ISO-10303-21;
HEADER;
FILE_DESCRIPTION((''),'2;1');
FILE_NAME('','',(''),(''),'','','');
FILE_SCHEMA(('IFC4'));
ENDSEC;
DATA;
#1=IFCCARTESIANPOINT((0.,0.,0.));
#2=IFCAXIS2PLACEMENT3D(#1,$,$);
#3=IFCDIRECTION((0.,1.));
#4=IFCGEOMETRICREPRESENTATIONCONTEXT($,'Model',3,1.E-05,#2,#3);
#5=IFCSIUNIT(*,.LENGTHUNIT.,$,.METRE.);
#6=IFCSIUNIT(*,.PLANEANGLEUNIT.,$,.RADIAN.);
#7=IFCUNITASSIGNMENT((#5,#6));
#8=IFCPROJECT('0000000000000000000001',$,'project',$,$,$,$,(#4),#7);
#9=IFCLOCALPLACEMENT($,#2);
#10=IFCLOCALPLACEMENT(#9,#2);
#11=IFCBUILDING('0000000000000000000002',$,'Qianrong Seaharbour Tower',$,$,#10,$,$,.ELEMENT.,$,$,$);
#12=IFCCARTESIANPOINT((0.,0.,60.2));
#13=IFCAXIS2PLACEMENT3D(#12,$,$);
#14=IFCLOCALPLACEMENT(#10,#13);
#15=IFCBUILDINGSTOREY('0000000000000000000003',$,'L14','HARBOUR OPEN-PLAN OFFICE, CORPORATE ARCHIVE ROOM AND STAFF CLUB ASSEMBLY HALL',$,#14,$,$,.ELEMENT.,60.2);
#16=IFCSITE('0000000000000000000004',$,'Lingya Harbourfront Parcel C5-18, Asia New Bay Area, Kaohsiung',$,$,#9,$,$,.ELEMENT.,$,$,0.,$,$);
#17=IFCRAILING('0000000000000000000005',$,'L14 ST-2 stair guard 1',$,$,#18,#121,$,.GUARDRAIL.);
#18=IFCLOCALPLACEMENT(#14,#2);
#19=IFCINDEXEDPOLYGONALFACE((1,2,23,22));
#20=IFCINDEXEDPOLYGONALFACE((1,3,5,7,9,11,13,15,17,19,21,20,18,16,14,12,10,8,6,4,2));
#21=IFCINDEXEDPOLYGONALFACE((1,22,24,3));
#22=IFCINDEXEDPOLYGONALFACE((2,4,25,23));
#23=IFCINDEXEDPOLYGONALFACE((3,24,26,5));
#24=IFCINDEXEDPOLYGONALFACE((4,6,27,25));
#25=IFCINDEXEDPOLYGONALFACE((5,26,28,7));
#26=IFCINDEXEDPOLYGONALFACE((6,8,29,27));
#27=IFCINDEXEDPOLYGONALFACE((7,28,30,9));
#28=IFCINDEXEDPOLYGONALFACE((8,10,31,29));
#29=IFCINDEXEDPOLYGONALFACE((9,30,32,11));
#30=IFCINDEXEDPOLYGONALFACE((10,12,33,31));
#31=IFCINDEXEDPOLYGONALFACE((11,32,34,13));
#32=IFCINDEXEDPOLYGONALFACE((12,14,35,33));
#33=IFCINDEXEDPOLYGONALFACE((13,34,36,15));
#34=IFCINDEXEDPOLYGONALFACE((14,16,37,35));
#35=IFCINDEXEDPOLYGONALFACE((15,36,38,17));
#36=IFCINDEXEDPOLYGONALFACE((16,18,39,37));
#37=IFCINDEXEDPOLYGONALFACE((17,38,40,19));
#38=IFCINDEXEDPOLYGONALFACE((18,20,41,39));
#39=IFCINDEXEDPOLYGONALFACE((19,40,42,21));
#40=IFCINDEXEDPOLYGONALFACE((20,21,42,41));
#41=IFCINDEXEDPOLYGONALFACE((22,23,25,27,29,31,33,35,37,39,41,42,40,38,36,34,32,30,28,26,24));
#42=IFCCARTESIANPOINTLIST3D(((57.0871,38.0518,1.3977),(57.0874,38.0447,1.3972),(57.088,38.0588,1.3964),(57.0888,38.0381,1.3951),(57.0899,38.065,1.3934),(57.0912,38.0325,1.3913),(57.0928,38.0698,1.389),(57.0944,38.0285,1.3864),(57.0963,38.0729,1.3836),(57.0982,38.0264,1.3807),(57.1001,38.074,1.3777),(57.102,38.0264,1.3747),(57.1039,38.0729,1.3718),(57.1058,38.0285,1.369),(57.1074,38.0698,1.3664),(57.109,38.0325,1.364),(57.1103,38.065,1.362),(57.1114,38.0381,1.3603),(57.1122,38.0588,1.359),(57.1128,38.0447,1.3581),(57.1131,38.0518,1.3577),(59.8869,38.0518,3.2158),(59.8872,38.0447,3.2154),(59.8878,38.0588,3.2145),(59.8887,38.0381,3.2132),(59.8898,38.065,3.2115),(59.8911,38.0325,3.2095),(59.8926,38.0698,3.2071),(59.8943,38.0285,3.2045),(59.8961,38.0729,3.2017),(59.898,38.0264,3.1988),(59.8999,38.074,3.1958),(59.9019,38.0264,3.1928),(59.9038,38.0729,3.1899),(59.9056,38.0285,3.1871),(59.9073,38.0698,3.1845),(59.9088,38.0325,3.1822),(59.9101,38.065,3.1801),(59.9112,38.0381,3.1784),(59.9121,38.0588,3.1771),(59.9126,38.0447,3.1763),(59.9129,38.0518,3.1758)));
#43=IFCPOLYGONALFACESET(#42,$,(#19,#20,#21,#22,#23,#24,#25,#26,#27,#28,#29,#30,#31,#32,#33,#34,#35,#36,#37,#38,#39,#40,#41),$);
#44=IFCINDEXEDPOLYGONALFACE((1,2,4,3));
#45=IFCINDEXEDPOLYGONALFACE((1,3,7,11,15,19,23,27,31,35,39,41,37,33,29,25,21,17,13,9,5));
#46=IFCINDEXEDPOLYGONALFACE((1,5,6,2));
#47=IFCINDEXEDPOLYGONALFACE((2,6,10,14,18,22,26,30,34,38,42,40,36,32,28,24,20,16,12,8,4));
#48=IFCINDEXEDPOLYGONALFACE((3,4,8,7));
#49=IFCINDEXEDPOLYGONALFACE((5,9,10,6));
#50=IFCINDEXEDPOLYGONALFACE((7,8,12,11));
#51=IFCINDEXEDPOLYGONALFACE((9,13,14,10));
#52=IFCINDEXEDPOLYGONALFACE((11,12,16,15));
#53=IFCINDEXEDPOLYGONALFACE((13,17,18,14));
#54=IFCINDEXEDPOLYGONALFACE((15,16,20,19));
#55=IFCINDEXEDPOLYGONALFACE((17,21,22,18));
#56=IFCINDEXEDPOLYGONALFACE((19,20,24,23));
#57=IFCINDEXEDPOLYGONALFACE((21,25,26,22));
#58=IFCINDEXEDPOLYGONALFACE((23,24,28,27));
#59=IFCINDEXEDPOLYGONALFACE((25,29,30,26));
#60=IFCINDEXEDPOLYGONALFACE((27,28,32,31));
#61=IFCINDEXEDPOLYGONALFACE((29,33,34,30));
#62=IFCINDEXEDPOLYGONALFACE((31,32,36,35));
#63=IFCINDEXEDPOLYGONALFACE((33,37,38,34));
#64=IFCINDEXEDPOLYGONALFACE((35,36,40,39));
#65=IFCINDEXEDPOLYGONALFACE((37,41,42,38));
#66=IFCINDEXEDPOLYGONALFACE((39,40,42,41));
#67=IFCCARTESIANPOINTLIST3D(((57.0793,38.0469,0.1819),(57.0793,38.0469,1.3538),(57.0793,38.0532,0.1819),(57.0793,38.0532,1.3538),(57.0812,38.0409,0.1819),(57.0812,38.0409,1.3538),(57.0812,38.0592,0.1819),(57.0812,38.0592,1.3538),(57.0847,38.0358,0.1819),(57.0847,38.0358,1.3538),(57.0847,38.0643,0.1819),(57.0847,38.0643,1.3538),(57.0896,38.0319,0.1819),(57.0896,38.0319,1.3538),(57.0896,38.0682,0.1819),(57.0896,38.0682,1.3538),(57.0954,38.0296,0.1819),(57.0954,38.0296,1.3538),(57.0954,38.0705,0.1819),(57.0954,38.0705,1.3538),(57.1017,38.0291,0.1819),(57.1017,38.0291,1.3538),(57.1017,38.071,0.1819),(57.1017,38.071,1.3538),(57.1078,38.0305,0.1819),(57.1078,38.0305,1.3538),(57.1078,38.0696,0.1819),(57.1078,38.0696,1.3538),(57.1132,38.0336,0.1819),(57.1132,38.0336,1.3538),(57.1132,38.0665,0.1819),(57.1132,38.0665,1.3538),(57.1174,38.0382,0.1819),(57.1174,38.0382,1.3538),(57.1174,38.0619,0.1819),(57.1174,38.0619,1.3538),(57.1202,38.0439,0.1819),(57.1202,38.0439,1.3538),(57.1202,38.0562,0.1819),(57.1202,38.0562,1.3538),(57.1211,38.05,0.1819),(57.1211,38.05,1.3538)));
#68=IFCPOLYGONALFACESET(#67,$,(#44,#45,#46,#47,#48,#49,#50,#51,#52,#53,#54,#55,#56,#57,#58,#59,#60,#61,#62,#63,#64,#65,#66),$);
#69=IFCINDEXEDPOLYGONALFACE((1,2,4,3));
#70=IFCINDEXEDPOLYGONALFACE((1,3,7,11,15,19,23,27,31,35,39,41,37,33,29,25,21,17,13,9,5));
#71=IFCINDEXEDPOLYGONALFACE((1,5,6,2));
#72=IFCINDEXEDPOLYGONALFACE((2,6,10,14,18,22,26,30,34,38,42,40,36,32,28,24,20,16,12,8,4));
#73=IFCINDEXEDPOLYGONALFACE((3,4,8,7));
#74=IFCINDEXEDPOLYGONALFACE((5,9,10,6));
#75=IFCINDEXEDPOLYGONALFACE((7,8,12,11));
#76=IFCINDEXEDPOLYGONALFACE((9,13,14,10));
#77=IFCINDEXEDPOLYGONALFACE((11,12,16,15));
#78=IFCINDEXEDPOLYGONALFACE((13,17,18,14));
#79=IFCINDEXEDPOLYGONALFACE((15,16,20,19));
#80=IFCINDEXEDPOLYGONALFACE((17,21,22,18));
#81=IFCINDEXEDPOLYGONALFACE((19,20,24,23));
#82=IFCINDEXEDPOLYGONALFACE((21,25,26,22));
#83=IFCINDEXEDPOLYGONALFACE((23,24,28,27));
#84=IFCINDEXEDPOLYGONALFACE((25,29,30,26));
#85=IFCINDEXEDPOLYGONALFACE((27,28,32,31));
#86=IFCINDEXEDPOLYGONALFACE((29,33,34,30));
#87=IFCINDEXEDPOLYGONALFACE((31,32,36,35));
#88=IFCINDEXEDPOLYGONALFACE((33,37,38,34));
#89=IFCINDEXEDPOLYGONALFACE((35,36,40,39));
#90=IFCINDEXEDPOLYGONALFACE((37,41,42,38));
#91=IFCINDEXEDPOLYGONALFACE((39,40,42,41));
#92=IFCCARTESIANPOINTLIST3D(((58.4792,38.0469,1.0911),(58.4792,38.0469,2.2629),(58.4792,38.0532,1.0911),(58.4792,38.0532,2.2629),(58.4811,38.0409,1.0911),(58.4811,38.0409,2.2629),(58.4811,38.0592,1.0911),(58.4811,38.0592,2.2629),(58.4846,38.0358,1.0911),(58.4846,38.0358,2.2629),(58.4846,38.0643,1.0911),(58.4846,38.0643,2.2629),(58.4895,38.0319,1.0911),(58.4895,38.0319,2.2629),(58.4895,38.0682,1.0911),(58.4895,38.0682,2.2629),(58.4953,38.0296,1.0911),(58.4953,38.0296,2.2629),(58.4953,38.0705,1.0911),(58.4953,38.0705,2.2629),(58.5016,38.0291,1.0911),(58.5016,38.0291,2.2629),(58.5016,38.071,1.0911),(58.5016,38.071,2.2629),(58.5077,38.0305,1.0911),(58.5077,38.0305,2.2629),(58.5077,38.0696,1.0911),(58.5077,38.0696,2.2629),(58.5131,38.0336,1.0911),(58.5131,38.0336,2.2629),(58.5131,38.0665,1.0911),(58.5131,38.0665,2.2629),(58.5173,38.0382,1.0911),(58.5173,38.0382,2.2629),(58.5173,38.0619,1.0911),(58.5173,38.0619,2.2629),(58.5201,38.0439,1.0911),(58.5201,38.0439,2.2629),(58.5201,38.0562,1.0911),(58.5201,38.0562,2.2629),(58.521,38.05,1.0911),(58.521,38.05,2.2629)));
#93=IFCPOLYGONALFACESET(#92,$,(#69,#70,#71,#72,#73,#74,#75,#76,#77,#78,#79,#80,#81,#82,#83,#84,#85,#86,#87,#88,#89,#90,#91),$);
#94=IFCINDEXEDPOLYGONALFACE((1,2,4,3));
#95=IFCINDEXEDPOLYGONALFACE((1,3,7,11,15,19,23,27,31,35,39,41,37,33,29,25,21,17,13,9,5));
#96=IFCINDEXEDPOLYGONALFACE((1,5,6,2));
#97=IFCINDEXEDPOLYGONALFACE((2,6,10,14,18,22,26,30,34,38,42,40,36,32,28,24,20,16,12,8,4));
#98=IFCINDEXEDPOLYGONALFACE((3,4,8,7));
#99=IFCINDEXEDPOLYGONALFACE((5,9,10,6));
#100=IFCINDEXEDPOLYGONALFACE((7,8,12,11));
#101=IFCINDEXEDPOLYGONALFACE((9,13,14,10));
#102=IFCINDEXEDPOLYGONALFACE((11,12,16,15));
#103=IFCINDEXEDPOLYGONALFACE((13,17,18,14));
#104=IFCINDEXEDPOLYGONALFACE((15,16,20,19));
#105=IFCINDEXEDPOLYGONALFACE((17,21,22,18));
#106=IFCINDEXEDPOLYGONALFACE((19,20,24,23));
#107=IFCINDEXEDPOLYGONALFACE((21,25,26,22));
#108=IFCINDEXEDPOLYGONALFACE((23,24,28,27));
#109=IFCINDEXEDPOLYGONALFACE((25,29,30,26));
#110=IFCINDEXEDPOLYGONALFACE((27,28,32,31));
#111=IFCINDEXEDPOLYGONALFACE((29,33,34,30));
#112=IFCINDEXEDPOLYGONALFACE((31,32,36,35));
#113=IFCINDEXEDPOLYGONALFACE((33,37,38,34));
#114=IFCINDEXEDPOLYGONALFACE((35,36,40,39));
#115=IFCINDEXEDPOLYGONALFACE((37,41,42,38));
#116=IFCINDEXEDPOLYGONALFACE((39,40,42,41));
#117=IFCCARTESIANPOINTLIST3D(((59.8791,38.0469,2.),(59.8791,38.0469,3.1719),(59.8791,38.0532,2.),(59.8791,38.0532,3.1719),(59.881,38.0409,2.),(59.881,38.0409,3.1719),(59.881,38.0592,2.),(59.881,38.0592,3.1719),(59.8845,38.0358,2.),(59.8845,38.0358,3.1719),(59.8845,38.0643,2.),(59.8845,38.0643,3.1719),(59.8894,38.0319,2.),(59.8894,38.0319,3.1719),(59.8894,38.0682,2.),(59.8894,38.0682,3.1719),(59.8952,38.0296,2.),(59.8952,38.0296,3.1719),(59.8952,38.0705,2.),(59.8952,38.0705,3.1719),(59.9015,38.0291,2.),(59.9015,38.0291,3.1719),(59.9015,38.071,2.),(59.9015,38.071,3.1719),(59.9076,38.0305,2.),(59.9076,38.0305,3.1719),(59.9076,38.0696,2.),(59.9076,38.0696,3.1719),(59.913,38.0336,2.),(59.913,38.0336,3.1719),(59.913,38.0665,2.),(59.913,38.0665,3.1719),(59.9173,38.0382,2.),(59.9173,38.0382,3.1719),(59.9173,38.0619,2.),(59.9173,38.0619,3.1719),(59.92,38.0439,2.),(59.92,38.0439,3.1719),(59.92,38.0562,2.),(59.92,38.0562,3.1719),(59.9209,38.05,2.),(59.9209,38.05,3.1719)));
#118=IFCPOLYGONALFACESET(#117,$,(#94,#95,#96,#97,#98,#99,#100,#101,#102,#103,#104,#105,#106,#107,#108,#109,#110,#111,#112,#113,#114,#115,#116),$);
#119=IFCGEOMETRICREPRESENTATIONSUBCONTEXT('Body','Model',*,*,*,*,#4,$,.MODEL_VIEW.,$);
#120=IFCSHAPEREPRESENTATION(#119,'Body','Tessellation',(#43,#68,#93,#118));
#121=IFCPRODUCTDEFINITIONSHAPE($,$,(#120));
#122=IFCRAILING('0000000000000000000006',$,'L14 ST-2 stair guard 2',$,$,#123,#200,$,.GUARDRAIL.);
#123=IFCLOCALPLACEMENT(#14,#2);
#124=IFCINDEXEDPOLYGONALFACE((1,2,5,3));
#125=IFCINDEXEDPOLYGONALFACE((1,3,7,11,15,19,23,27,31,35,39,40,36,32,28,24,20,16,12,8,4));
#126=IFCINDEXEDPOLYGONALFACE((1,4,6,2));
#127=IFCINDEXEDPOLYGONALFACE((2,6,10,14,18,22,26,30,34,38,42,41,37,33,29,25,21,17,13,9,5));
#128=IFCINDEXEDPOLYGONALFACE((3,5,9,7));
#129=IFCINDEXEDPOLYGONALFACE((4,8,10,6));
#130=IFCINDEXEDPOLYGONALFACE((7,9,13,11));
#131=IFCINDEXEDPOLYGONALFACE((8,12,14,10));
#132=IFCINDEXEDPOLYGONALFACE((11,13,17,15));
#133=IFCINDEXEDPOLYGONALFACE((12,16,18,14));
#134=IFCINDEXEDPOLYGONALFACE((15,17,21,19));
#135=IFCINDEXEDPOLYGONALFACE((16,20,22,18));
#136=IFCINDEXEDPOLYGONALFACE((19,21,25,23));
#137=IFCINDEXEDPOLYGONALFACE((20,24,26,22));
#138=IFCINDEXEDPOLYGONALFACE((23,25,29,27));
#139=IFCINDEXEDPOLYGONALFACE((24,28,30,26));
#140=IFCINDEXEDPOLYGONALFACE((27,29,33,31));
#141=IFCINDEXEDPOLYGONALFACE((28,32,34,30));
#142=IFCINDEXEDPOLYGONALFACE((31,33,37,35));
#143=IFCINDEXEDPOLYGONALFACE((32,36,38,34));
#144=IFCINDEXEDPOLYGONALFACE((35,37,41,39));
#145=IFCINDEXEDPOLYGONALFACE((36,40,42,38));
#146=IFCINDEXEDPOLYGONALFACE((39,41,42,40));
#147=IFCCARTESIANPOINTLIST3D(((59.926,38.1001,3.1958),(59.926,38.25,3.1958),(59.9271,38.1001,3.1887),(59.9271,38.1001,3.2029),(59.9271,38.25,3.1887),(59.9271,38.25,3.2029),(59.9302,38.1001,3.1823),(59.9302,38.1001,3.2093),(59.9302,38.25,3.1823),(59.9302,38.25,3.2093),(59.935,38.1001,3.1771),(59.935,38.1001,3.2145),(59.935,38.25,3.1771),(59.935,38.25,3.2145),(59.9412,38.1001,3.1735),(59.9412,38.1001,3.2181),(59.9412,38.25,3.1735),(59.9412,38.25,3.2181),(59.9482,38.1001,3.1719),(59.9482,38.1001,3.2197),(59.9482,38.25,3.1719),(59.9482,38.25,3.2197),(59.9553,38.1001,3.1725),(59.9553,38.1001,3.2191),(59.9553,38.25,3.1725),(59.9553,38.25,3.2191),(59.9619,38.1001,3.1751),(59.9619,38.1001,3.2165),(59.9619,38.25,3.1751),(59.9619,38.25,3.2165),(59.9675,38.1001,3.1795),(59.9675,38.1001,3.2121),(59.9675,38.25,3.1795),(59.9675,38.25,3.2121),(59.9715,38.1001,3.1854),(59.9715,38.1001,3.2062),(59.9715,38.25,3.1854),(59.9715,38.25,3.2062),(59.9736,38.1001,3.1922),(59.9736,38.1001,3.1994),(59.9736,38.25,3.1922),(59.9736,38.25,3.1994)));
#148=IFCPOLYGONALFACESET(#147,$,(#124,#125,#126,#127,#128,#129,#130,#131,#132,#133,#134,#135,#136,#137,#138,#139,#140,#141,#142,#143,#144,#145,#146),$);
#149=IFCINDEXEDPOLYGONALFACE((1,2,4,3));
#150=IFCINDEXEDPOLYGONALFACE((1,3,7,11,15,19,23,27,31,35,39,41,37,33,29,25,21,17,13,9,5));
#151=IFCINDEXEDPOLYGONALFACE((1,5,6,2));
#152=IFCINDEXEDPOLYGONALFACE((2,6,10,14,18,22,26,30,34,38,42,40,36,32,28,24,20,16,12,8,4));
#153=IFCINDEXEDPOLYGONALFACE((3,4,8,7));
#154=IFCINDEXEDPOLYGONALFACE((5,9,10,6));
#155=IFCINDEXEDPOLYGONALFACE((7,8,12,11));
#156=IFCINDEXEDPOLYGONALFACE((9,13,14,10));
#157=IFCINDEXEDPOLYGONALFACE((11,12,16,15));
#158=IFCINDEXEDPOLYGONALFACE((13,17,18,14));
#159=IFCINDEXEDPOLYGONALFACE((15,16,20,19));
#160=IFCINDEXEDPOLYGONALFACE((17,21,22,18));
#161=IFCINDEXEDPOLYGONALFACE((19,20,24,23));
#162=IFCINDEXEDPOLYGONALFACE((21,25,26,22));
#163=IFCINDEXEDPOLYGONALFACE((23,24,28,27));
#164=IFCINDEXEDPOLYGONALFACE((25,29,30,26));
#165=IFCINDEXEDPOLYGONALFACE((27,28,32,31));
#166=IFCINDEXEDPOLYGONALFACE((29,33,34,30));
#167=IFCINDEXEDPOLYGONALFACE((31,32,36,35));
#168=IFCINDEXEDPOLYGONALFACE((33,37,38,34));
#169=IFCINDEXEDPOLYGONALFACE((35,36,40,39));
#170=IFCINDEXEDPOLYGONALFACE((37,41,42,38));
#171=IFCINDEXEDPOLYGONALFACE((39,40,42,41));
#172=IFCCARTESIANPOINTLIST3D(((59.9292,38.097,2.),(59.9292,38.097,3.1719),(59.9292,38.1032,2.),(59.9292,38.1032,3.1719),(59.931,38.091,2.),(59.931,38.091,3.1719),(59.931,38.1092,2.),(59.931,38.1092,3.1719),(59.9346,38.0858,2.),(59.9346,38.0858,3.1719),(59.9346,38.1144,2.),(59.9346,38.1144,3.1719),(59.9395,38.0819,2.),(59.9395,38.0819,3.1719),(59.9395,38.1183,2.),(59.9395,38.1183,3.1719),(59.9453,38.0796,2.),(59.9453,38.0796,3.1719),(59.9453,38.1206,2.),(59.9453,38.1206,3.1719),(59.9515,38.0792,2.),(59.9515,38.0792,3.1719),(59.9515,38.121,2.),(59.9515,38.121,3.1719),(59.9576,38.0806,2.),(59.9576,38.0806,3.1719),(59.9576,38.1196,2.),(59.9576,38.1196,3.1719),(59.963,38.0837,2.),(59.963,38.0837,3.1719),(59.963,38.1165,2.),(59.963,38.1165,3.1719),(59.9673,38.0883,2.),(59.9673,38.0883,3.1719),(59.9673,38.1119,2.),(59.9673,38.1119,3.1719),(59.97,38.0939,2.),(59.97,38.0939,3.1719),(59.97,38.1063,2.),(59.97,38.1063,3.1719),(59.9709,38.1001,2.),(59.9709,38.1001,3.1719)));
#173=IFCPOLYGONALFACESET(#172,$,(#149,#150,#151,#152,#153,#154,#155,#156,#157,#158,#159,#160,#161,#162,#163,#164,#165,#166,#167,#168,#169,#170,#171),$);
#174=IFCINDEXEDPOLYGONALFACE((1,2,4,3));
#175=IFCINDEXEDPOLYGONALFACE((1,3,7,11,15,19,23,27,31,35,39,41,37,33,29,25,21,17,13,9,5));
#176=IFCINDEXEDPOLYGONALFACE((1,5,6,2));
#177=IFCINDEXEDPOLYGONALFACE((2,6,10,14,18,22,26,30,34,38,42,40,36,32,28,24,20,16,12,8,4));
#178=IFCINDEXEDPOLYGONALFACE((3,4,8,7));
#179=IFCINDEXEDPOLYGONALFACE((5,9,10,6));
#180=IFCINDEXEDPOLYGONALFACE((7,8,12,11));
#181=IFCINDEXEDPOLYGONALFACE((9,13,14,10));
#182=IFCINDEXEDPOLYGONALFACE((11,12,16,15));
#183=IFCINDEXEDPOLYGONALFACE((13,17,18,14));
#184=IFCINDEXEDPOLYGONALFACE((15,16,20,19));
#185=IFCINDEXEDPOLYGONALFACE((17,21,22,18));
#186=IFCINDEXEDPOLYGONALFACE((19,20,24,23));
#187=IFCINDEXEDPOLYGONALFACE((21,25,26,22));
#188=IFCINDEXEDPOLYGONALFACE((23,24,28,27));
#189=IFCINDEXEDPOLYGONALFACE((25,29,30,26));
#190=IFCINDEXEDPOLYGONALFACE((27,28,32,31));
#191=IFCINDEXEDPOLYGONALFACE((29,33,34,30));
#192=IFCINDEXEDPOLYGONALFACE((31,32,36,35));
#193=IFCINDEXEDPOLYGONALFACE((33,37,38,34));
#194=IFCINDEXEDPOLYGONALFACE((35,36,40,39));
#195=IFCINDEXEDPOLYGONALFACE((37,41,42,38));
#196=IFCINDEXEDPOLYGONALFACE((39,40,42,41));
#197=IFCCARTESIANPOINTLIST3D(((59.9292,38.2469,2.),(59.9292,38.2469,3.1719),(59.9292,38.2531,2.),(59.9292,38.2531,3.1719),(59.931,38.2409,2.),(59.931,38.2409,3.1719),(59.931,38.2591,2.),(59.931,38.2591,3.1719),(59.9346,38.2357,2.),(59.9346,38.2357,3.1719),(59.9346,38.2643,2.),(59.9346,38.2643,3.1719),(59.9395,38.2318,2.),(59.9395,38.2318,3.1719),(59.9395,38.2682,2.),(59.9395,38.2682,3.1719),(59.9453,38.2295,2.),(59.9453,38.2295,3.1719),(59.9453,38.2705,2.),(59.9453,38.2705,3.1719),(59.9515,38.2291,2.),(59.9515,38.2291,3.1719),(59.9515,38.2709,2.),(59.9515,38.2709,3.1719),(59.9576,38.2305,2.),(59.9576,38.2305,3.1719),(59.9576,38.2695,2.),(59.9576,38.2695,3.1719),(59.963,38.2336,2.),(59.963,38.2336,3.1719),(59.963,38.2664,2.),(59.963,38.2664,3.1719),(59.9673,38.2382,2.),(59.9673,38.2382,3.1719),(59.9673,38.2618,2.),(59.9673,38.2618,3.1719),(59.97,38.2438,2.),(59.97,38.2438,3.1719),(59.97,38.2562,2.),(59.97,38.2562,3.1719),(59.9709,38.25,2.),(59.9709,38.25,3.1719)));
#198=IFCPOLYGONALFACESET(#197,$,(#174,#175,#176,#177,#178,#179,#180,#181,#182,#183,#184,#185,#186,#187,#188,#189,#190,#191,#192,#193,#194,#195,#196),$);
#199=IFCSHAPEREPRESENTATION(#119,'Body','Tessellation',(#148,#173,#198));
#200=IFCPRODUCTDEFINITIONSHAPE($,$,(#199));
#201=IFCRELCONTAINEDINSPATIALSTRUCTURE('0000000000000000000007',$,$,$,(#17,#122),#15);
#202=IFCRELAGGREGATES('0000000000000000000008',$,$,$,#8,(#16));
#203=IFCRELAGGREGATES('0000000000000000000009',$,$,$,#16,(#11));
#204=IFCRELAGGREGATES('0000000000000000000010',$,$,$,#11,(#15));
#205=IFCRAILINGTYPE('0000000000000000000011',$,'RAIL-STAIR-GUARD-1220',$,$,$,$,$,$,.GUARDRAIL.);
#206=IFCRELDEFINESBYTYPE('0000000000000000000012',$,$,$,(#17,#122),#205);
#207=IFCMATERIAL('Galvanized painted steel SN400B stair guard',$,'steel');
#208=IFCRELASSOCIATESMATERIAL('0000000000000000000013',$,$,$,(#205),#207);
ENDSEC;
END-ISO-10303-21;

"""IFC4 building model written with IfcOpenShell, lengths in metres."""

from ifc_helpers import new_model, si_unit, direction, frame, origin, origin_2d, place, context, subcontext, project, spatial, circle, extrude, material, type_object, element, save


model = new_model("IFC4")

# Units and contexts
model_context = context("Model", 3, precision=1e-05, world=origin(), true_north=direction((0.0, 1.0)))
body_context = subcontext(model_context, "Body", "Model", "MODEL_VIEW")
ifc_project = project(units=[si_unit("LENGTHUNIT", "METRE"), si_unit("PLANEANGLEUNIT", "RADIAN")], contexts=[model_context])

# Site, building, storey
site_placement = place(None, origin())
site = spatial("IfcSite", under=ifc_project, at=site_placement, Name="Lingya Harbourfront Parcel C5-18, Asia New Bay Area, Kaohsiung", CompositionType="ELEMENT", RefElevation=0.0)
building_placement = place(site_placement, origin())
building = spatial("IfcBuilding", under=site, at=building_placement, Name="Qianrong Seaharbour Tower", CompositionType="ELEMENT")
storey_placement = place(building_placement, frame((0.0, 0.0, 60.2)))
storey = spatial("IfcBuildingStorey", under=building, at=storey_placement, Name="L14", Description="HARBOUR OPEN-PLAN OFFICE, CORPORATE ARCHIVE ROOM AND STAFF CLUB ASSEMBLY HALL", CompositionType="ELEMENT", Elevation=60.2)

# Railings
ifc_material_1 = material(Name="Galvanized painted steel SN400B stair guard", Category="steel")
railing_type_1 = type_object("IfcRailingType", Name="RAIL-STAIR-GUARD-1220", PredefinedType="GUARDRAIL", material=ifc_material_1)
railing_1_placement = place(storey_placement, frame((57.1001, 38.05, 0.1819)))
element("IfcRailing", 1, at=railing_1_placement, inside=storey, type_object=railing_type_1, Name="L14 ST-2 stair guard 1", PredefinedType="GUARDRAIL", context=body_context, shape_type="SweptSolid", body=[
    extrude(circle(Radius=0.0239, at=origin_2d()), frame((0.0, 0.0, 1.1958), z_axis=(0.838684, 0.0, 0.544618), x_axis=(0.0, 1.0, 0.0)), (0.0, 0.0, 1.0), 3.3384),
    extrude(circle(Radius=0.021, at=origin_2d()), origin(), (0.0, 0.0, 1.0), 1.1719),
    extrude(circle(Radius=0.021, at=origin_2d()), frame((1.3999, 0.0, 0.9092)), (0.0, 0.0, 1.0), 1.1719),
    extrude(circle(Radius=0.021, at=origin_2d()), frame((2.7998, 0.0, 1.8181)), (0.0, 0.0, 1.0), 1.1719),
])
railing_2_placement = place(storey_placement, frame((59.95, 38.1001, 2.0)))
element("IfcRailing", 2, at=railing_2_placement, inside=storey, type_object=railing_type_1, Name="L14 ST-2 stair guard 2", PredefinedType="GUARDRAIL", context=body_context, shape_type="SweptSolid", body=[
    extrude(circle(Radius=0.0239, at=origin_2d()), frame((0.0, 0.0, 1.1958), z_axis=(0.0, 1.0, 0.0), x_axis=(-1.0, 0.0, 0.0)), (0.0, 0.0, 1.0), 0.1499),
    extrude(circle(Radius=0.021, at=origin_2d()), origin(), (0.0, 0.0, 1.0), 1.1719),
    extrude(circle(Radius=0.021, at=origin_2d()), frame((0.0, 0.1499, 0.0)), (0.0, 0.0, 1.0), 1.1719),
])

save(model, "model.ifc")
